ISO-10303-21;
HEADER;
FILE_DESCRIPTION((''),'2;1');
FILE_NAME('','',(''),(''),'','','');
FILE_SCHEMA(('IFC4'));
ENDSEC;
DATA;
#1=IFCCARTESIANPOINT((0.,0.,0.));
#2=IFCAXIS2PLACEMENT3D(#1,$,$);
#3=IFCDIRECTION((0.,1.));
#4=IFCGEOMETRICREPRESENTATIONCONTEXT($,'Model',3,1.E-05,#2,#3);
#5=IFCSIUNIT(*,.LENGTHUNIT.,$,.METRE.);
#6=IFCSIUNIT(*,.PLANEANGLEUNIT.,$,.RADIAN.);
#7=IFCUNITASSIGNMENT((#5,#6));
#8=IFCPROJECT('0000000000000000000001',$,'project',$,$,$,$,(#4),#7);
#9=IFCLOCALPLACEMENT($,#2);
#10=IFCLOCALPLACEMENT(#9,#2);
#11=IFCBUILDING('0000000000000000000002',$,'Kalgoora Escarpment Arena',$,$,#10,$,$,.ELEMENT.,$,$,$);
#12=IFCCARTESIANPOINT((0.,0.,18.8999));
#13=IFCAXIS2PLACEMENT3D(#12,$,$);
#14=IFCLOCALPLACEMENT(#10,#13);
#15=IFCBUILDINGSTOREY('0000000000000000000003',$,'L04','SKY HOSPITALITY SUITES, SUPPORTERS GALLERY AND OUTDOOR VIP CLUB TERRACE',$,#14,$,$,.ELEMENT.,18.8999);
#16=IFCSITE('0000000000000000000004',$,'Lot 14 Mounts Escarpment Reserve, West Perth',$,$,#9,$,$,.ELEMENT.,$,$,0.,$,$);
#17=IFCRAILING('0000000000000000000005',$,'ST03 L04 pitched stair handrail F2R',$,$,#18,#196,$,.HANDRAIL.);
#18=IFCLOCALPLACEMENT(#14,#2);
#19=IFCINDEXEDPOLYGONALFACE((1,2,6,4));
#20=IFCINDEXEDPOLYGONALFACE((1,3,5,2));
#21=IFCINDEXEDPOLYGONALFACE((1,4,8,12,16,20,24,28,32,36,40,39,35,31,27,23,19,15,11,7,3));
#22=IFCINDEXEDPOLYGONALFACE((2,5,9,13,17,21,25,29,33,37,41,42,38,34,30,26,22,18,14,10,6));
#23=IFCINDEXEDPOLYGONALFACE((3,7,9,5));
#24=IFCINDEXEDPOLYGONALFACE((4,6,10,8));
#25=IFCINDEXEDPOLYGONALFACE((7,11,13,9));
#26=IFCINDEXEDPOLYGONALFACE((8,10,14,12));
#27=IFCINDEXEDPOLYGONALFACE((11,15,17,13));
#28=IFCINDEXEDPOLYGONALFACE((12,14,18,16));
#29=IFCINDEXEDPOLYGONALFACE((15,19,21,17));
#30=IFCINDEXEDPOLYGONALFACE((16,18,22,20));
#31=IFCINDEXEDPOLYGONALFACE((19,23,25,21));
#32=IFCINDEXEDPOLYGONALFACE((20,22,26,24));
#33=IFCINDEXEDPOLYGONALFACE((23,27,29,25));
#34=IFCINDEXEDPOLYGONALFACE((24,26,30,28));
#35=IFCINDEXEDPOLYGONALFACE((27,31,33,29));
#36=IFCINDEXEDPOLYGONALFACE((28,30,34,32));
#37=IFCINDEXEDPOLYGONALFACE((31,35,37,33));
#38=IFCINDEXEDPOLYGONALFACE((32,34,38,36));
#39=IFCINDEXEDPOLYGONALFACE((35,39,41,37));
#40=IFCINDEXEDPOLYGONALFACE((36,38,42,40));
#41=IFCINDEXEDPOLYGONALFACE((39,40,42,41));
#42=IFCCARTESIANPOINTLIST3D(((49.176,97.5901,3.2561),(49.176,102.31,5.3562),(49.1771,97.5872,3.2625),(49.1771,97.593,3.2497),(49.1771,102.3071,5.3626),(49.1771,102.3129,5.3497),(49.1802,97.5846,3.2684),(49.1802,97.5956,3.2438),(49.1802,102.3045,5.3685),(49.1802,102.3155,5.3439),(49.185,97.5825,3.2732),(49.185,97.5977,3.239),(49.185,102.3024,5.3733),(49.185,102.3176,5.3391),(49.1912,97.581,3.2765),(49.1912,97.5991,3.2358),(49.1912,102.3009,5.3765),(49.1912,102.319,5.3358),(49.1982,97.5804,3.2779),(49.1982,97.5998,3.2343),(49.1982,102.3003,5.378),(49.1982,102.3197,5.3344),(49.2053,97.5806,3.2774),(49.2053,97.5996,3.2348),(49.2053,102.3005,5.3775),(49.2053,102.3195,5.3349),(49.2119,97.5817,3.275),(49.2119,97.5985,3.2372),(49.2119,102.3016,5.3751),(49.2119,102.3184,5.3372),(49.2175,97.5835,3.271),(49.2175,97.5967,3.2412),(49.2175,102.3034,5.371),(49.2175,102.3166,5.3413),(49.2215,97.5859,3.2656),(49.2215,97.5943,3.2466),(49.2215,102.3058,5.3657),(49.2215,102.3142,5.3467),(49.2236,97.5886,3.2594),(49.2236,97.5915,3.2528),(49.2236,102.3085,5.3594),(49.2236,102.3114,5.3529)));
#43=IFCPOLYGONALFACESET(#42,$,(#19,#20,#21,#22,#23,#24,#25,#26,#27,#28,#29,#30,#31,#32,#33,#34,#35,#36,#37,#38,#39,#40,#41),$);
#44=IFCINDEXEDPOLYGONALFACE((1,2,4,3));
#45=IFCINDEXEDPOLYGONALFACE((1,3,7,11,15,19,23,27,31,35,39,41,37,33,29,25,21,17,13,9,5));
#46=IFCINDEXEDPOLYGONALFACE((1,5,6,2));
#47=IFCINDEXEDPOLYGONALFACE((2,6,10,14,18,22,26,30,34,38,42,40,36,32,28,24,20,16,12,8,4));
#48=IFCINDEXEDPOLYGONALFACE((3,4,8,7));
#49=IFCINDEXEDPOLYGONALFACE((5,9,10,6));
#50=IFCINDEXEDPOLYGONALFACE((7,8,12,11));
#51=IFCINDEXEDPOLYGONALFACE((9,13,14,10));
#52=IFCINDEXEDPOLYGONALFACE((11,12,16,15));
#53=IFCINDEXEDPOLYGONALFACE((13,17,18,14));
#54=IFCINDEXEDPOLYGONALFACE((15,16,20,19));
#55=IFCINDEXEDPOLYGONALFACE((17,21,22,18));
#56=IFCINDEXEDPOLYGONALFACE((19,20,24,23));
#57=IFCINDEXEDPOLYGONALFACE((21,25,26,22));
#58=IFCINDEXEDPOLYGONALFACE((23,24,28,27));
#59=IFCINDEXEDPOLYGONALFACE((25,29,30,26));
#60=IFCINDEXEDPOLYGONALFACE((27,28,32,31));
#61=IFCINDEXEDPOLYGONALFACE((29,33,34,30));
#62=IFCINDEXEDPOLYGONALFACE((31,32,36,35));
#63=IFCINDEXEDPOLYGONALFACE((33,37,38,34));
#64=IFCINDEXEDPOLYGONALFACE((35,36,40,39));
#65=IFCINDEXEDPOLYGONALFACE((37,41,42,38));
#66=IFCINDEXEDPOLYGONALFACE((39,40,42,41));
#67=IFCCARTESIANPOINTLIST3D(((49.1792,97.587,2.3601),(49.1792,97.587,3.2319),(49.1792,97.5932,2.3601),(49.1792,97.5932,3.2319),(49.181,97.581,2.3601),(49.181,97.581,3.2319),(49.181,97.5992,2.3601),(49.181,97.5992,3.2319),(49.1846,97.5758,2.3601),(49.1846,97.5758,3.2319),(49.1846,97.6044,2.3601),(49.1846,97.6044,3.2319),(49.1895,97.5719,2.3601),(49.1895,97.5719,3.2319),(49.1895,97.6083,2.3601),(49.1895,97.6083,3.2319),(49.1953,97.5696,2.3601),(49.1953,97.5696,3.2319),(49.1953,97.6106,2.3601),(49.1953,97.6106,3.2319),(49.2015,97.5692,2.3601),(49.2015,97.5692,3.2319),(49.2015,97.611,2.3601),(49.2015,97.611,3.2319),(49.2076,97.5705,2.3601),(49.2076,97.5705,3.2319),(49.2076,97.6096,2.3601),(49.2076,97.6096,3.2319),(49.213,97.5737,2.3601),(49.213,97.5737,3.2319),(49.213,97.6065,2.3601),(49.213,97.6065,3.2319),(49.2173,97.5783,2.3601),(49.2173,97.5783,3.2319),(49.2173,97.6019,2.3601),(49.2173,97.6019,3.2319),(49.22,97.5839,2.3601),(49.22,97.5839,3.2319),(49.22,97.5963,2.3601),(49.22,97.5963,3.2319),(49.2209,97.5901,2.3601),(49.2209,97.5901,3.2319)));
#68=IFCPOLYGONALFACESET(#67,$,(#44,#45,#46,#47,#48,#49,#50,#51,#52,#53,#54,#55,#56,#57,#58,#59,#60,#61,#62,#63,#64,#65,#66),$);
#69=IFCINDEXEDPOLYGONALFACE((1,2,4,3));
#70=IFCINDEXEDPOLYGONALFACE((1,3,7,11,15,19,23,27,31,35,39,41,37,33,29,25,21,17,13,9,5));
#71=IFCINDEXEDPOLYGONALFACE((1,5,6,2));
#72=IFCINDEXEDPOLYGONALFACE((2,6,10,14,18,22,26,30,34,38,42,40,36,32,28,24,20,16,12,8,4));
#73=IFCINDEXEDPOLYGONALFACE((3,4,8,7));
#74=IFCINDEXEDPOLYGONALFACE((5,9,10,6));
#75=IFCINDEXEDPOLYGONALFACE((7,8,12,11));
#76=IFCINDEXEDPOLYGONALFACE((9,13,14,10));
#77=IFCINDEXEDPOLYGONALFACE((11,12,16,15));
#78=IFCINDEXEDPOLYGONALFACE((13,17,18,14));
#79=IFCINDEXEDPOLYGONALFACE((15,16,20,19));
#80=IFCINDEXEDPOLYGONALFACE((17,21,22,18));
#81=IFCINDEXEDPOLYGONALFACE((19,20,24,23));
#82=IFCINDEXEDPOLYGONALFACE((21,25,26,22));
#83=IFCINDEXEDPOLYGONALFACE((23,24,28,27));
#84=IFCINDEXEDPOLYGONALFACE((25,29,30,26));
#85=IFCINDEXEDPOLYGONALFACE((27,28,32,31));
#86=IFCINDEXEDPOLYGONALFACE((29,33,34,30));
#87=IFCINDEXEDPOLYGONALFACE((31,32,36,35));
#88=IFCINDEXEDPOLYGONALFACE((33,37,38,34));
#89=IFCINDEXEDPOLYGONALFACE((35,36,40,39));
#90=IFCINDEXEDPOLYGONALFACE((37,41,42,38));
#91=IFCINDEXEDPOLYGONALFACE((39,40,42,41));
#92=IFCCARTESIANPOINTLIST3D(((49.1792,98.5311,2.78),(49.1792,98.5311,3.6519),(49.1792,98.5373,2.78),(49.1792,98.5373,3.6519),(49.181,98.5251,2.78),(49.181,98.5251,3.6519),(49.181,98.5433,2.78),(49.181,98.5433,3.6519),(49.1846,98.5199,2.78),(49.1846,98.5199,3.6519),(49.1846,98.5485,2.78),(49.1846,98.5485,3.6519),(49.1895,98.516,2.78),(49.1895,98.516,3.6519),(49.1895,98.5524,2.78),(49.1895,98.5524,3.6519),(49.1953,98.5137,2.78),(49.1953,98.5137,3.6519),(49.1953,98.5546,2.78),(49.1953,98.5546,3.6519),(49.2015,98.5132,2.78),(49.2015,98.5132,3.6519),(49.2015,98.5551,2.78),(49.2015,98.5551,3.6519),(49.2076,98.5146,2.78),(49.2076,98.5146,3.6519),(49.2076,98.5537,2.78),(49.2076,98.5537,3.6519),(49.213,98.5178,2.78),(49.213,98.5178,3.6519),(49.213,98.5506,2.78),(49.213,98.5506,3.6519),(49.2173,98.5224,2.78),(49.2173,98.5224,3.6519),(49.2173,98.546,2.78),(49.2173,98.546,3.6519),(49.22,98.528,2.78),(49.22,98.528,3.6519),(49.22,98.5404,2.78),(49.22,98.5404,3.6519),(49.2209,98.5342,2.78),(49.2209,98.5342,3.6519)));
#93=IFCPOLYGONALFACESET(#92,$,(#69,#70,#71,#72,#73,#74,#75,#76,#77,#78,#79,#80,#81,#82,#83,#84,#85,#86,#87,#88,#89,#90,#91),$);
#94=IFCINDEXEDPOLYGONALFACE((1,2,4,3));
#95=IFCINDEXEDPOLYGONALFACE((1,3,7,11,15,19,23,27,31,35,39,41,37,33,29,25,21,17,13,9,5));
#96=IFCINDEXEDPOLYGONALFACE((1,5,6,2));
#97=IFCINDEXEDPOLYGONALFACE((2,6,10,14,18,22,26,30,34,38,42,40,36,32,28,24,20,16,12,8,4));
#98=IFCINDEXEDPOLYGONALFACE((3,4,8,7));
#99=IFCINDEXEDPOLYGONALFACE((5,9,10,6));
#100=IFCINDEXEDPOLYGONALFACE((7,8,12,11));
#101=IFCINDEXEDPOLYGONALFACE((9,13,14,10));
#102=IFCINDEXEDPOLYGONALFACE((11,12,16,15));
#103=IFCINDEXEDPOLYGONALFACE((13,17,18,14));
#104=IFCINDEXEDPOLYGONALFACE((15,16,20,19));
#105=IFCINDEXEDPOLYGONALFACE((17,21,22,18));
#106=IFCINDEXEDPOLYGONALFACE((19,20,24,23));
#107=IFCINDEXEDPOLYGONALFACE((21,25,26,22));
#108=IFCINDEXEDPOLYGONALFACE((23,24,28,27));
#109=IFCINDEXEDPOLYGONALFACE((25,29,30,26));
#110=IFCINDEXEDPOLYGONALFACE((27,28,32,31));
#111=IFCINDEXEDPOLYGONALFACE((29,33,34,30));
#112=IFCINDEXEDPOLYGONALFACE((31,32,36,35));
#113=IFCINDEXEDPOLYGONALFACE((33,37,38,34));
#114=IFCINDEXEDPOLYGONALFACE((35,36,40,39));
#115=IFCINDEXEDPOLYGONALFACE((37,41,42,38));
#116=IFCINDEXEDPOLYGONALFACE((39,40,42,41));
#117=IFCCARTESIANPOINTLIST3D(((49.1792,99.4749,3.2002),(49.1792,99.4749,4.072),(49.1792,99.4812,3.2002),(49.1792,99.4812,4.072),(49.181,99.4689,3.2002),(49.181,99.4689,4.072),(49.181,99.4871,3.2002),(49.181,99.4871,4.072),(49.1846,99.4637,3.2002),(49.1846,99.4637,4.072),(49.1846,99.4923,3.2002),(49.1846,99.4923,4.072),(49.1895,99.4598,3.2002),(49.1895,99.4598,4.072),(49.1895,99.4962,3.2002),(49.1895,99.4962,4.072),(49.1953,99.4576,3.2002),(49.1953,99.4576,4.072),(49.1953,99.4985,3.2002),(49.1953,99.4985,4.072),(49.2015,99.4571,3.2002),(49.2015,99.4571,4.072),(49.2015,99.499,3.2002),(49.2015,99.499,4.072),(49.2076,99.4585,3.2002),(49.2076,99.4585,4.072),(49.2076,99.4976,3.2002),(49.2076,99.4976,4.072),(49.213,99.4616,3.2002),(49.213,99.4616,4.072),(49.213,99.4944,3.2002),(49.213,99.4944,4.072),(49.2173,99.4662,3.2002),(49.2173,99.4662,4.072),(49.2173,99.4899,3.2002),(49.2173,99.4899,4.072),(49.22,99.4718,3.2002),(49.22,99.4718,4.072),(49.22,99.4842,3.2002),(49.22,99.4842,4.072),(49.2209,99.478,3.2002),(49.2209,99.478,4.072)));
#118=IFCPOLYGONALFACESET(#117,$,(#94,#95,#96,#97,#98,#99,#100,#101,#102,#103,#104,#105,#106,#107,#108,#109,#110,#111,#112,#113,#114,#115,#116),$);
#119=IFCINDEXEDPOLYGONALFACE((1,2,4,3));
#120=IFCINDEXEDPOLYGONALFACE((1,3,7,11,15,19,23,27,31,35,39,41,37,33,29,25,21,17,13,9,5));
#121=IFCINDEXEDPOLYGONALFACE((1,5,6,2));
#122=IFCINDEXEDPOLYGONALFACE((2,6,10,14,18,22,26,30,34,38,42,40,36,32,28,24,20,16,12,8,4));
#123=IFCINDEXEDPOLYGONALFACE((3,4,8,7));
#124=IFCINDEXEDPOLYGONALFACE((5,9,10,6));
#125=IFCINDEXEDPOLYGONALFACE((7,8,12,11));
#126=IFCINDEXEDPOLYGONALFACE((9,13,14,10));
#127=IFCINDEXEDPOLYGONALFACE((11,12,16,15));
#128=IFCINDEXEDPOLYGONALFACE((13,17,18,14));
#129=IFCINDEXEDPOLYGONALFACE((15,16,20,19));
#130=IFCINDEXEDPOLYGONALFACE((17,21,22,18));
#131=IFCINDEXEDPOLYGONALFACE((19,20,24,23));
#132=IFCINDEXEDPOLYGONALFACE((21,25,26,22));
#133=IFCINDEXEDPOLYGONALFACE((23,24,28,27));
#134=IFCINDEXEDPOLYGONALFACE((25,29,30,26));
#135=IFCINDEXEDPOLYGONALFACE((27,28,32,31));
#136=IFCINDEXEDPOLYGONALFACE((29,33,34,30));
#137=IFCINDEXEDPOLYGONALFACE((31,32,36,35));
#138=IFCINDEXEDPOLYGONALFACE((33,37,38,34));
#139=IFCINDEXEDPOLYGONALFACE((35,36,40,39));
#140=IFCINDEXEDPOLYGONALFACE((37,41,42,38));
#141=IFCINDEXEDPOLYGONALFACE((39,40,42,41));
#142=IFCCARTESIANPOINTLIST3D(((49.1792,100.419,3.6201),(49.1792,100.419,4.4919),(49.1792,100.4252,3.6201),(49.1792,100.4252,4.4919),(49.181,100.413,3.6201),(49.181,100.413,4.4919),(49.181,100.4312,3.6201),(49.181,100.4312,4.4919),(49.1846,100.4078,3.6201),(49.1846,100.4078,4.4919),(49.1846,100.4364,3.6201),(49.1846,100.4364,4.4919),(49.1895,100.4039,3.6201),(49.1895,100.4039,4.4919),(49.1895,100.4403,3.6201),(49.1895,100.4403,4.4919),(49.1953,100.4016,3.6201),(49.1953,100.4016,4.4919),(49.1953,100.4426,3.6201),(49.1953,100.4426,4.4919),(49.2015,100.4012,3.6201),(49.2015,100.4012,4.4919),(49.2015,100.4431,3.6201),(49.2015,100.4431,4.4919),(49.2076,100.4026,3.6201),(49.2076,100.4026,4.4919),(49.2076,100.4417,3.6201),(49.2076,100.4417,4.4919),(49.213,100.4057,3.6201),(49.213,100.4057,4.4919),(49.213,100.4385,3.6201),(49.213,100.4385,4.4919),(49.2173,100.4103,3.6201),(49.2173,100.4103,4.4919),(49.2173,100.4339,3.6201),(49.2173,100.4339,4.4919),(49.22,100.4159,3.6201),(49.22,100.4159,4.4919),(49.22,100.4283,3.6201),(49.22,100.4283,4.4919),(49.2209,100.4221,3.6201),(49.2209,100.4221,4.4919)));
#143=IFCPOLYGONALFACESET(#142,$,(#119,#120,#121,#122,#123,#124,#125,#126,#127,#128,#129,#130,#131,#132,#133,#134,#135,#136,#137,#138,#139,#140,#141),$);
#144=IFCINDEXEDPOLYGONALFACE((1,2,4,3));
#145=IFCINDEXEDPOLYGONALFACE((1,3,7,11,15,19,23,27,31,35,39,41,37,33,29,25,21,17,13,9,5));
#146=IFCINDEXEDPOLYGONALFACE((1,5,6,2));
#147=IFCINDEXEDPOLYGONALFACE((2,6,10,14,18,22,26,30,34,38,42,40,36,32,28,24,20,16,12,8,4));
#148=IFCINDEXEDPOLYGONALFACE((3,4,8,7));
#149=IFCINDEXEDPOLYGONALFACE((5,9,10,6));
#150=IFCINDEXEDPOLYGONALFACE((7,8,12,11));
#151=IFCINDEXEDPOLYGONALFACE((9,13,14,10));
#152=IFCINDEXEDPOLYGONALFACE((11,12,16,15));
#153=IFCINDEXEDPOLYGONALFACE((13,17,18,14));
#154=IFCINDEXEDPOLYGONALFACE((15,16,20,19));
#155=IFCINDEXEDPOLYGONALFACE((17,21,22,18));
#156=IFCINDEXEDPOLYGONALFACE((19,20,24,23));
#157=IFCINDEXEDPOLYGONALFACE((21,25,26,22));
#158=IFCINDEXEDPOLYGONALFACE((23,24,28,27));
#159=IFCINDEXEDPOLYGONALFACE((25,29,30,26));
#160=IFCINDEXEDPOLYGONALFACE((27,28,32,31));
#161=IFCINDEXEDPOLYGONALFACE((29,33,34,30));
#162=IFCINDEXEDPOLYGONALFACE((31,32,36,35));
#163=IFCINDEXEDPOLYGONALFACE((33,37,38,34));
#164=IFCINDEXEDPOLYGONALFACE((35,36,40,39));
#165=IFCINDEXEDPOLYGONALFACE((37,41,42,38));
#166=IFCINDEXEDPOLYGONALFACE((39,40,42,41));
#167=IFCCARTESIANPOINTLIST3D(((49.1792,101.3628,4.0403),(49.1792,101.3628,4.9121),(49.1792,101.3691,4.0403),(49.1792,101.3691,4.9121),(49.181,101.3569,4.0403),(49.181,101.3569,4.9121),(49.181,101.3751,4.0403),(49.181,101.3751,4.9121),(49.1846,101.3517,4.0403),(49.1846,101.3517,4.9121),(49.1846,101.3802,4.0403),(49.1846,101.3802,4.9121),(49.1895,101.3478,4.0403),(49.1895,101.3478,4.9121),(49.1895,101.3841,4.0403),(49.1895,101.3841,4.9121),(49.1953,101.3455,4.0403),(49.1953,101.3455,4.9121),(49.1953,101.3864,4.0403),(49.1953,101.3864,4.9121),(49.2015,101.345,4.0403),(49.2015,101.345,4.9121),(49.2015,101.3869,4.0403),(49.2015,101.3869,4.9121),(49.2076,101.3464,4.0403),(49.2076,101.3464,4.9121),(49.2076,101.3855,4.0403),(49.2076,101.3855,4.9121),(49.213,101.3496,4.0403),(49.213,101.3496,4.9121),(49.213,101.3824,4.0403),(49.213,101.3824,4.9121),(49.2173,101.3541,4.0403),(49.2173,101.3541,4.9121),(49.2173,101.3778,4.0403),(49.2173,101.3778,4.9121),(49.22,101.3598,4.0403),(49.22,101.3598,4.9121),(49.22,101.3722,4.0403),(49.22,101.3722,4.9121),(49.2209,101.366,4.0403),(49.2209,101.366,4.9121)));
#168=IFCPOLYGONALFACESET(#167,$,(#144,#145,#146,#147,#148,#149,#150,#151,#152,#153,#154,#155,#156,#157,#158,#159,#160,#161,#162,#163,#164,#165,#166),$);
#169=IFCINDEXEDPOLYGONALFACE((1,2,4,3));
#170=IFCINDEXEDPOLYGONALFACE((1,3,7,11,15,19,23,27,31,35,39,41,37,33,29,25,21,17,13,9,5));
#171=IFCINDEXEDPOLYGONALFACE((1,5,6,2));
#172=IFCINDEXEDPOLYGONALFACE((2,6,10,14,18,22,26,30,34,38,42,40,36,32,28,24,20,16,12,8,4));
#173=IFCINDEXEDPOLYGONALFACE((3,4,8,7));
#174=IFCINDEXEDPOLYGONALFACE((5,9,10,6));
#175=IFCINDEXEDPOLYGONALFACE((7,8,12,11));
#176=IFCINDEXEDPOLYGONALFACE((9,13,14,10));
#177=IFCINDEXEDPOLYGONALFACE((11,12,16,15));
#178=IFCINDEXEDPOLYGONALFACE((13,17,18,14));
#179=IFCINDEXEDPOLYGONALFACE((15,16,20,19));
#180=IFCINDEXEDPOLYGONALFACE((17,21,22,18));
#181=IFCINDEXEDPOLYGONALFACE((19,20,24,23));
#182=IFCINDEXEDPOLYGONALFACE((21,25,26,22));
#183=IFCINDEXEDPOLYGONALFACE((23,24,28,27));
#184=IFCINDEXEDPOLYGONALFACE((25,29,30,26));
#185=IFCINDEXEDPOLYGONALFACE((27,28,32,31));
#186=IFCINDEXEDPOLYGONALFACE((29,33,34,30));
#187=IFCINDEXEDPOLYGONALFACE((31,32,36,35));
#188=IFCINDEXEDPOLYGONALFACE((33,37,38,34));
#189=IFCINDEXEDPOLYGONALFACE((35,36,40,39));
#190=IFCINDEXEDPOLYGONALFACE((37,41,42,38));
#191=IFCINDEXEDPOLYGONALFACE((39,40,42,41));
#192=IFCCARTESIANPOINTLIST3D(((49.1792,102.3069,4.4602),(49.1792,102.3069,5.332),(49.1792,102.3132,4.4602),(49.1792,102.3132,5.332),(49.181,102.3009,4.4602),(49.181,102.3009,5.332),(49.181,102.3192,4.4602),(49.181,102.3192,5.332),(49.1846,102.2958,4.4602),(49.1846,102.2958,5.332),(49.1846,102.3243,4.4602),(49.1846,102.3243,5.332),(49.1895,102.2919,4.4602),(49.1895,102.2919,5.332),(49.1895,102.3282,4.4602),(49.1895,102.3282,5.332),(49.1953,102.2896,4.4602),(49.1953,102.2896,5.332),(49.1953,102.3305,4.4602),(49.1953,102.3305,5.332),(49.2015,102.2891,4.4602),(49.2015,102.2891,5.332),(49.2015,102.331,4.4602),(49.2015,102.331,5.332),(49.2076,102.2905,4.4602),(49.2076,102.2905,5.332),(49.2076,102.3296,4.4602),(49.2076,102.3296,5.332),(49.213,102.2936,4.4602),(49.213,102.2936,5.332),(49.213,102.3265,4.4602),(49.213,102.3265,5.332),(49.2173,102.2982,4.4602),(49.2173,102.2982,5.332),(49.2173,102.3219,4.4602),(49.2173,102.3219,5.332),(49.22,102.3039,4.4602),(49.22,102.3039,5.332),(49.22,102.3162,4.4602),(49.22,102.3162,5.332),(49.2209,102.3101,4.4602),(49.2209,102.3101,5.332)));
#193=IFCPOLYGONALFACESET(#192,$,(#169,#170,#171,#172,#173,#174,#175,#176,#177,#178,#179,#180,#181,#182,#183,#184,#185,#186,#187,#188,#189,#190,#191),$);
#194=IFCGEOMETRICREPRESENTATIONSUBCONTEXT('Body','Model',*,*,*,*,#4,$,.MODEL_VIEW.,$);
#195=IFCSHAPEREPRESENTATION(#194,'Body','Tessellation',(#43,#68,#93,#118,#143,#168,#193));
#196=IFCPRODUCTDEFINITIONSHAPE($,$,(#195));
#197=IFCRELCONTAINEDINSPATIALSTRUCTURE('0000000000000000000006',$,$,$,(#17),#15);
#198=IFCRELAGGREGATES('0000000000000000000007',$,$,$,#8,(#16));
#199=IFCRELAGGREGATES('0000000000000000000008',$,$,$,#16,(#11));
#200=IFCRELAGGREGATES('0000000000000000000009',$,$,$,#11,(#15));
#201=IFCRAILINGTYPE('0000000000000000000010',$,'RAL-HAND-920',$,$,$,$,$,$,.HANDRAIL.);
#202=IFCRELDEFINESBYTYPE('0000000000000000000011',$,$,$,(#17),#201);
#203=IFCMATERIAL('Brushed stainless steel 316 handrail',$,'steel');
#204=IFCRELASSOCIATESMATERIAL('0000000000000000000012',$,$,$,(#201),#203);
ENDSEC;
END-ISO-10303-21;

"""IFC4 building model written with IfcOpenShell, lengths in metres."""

from ifc_helpers import new_model, si_unit, direction, frame, origin, origin_2d, place, context, subcontext, project, spatial, circle, extrude, material, type_object, element, save


model = new_model("IFC4")

# Units and contexts
model_context = context("Model", 3, precision=1e-05, world=origin(), true_north=direction((0.0, 1.0)))
body_context = subcontext(model_context, "Body", "Model", "MODEL_VIEW")
ifc_project = project(units=[si_unit("LENGTHUNIT", "METRE"), si_unit("PLANEANGLEUNIT", "RADIAN")], contexts=[model_context])

# Site, building, storey
site_placement = place(None, origin())
site = spatial("IfcSite", under=ifc_project, at=site_placement, Name="Lot 14 Mounts Escarpment Reserve, West Perth", CompositionType="ELEMENT", RefElevation=0.0)
building_placement = place(site_placement, origin())
building = spatial("IfcBuilding", under=site, at=building_placement, Name="Kalgoora Escarpment Arena", CompositionType="ELEMENT")
storey_placement = place(building_placement, frame((0.0, 0.0, 18.8999)))
storey = spatial("IfcBuildingStorey", under=building, at=storey_placement, Name="L04", Description="SKY HOSPITALITY SUITES, SUPPORTERS GALLERY AND OUTDOOR VIP CLUB TERRACE", CompositionType="ELEMENT", Elevation=18.8999)

# Railing
ifc_material_1 = material(Name="Brushed stainless steel 316 handrail", Category="steel")
railing_type_1 = type_object("IfcRailingType", Name="RAL-HAND-920", PredefinedType="HANDRAIL", material=ifc_material_1)
for number, where, name in (
    (1, (49.2, 97.5901, 2.3601), "ST03 L04 pitched stair handrail F2R"),
):
    element("IfcRailing", number, at=place(storey_placement, frame(where)), inside=storey, type_object=railing_type_1, Name=name, PredefinedType="HANDRAIL", context=body_context, shape_type="SweptSolid", body=[
        extrude(circle(Radius=0.0239, at=origin_2d()), frame((0.0, 0.0, 0.896), z_axis=(0.0, 0.913644, 0.406516), x_axis=(-1.0, 0.0, 0.0)), (0.0, 0.0, 1.0), 5.166),
        extrude(circle(Radius=0.021, at=origin_2d()), origin(), (0.0, 0.0, 1.0), 0.8718),
        extrude(circle(Radius=0.021, at=origin_2d()), frame((0.0, 0.9441, 0.4199)), (0.0, 0.0, 1.0), 0.8718),
        extrude(circle(Radius=0.021, at=origin_2d()), frame((0.0, 1.8879, 0.8401)), (0.0, 0.0, 1.0), 0.8718),
        extrude(circle(Radius=0.021, at=origin_2d()), frame((0.0, 2.832, 1.26)), (0.0, 0.0, 1.0), 0.8718),
        extrude(circle(Radius=0.021, at=origin_2d()), frame((0.0, 3.7759, 1.6802)), (0.0, 0.0, 1.0), 0.8718),
        extrude(circle(Radius=0.021, at=origin_2d()), frame((0.0, 4.72, 2.1001)), (0.0, 0.0, 1.0), 0.8718),
    ])

save(model, "model.ifc")
